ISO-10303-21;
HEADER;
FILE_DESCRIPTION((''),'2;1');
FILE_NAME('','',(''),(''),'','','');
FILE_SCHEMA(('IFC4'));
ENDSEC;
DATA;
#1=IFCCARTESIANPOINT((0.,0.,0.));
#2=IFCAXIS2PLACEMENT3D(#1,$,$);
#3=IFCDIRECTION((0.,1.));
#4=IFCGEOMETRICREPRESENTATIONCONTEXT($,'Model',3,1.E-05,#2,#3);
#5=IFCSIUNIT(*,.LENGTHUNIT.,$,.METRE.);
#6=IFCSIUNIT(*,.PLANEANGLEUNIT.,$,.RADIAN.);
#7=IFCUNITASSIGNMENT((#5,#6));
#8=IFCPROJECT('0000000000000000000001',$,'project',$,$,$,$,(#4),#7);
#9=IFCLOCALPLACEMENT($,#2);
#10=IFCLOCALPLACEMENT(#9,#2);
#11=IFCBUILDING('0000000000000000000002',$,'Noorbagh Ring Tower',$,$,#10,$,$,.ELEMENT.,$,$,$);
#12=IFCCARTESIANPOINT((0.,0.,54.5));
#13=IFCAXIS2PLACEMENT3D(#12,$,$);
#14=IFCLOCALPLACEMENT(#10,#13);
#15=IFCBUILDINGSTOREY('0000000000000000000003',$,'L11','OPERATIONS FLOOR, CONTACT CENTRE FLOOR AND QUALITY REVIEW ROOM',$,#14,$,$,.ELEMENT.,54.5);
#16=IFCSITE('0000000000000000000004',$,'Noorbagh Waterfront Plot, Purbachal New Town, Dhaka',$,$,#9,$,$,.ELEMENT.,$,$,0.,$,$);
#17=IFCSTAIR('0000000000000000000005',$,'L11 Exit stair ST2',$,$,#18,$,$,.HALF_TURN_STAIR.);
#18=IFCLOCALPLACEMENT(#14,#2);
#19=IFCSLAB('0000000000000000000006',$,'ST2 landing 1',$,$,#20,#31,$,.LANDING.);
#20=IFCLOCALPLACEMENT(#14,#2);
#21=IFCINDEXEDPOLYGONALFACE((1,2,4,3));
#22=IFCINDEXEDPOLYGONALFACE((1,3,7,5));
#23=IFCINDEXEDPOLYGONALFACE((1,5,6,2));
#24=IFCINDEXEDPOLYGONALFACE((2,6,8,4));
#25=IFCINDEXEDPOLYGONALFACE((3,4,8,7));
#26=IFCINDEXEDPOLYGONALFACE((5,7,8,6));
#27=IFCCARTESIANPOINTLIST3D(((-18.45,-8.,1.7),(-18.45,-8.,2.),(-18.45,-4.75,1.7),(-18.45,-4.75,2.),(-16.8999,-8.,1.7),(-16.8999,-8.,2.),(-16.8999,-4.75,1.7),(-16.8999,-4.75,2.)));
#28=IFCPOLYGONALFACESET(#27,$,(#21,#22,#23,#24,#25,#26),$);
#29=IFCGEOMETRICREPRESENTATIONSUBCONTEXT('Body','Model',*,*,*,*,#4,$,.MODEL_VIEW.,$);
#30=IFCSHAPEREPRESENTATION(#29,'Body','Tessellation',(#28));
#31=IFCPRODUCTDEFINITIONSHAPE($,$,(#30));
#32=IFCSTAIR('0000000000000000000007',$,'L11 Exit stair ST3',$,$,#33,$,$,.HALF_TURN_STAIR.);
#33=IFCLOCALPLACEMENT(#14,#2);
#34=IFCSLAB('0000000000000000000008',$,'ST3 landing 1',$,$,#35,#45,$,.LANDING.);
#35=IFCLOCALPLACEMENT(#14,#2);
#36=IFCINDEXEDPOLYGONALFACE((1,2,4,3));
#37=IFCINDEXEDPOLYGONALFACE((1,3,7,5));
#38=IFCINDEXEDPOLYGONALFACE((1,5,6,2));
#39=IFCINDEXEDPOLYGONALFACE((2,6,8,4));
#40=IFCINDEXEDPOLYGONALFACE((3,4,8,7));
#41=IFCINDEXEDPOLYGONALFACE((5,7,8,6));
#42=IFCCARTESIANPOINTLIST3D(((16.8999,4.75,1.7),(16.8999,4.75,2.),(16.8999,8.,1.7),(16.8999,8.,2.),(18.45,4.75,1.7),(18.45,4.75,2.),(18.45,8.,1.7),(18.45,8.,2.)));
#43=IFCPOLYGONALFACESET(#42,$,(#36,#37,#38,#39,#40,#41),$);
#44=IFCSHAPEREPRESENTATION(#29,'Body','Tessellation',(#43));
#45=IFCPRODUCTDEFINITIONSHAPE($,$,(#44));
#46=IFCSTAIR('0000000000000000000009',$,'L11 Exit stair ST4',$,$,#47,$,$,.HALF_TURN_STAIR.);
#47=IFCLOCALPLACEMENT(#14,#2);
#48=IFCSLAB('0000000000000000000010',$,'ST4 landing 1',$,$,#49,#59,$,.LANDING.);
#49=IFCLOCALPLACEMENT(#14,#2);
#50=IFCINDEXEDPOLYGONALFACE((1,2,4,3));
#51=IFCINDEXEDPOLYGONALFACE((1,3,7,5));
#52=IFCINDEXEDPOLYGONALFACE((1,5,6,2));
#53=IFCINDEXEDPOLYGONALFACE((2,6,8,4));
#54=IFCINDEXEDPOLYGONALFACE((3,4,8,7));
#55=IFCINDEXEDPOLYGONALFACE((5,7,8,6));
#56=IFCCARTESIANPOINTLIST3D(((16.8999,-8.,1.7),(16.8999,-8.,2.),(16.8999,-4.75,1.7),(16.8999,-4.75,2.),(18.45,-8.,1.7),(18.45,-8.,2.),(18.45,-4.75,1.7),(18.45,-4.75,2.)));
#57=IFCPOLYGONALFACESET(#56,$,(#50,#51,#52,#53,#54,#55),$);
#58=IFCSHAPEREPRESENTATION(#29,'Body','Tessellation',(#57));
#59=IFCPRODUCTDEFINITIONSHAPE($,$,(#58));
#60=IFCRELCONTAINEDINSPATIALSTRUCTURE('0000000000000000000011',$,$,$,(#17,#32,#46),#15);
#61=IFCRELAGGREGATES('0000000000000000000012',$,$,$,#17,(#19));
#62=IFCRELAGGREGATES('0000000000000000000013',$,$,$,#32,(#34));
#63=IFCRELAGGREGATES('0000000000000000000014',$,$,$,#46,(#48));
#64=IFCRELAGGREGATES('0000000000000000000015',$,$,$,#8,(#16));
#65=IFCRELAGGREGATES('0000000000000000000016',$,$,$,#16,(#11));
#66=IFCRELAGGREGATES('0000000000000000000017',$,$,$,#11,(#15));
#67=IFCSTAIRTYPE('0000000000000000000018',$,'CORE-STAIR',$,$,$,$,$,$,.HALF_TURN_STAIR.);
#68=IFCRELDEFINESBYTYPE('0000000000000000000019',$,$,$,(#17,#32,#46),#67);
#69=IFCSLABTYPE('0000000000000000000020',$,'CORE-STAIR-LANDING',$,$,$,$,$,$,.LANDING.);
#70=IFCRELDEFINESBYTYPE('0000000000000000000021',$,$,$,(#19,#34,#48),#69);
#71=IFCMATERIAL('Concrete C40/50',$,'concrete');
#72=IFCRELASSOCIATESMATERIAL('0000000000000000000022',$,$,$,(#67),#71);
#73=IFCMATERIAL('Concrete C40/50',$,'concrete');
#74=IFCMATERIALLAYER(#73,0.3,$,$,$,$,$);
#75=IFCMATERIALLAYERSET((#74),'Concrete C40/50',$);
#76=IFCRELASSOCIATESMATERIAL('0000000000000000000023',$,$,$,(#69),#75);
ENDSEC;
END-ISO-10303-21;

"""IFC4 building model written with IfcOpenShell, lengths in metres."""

from ifc_helpers import new_model, si_unit, direction, frame, origin, place, context, subcontext, project, spatial, polyline, outline, extrude, material, layer, layer_set, type_object, element, aggregate, save


model = new_model("IFC4")

# Units and contexts
model_context = context("Model", 3, precision=1e-05, world=origin(), true_north=direction((0.0, 1.0)))
body_context = subcontext(model_context, "Body", "Model", "MODEL_VIEW")
ifc_project = project(units=[si_unit("LENGTHUNIT", "METRE"), si_unit("PLANEANGLEUNIT", "RADIAN")], contexts=[model_context])

# Site, building, storey
site_placement = place(None, origin())
site = spatial("IfcSite", under=ifc_project, at=site_placement, Name="Noorbagh Waterfront Plot, Purbachal New Town, Dhaka", CompositionType="ELEMENT", RefElevation=0.0)
building_placement = place(site_placement, origin())
building = spatial("IfcBuilding", under=site, at=building_placement, Name="Noorbagh Ring Tower", CompositionType="ELEMENT")
storey_placement = place(building_placement, frame((0.0, 0.0, 54.5)))
storey = spatial("IfcBuildingStorey", under=building, at=storey_placement, Name="L11", Description="OPERATIONS FLOOR, CONTACT CENTRE FLOOR AND QUALITY REVIEW ROOM", CompositionType="ELEMENT", Elevation=54.5)

# Stairs, slabs
ifc_material_1 = material(Name="Concrete C40/50", Category="concrete")
stair_type = type_object("IfcStairType", Name="CORE-STAIR", PredefinedType="HALF_TURN_STAIR", material=ifc_material_1)
ifc_material_2 = material(Name="Concrete C40/50", Category="concrete")
ifc_layer_1 = layer(ifc_material_2, 0.3)
ifc_layer_set_1 = layer_set([ifc_layer_1], Name="Concrete C40/50")
slab_type_1 = type_object("IfcSlabType", Name="CORE-STAIR-LANDING", PredefinedType="LANDING", material=ifc_layer_set_1)
stair_1_placement = place(storey_placement, origin())
stair_1 = element("IfcStair", 1, at=stair_1_placement, inside=storey, type_object=stair_type, Name="L11 Exit stair ST2", PredefinedType="HALF_TURN_STAIR")
slab_1_placement = place(storey_placement, frame((0.0, 0.0, 1.7)))
slab_1 = element("IfcSlab", 2, at=slab_1_placement, type_object=slab_type_1, Name="ST2 landing 1", PredefinedType="LANDING", context=body_context, shape_type="SweptSolid", body=[
    extrude(outline(polyline([(-18.45, -8.0), (-16.8999, -8.0), (-16.8999, -4.75), (-18.45, -4.75), (-18.45, -8.0)])), origin(), (0.0, 0.0, 1.0), 0.3),
])
aggregate(stair_1, [slab_1])
stair_2_placement = place(storey_placement, origin())
stair_2 = element("IfcStair", 3, at=stair_2_placement, inside=storey, type_object=stair_type, Name="L11 Exit stair ST3", PredefinedType="HALF_TURN_STAIR")
slab_2_placement = place(storey_placement, frame((0.0, 0.0, 1.7)))
slab_2 = element("IfcSlab", 4, at=slab_2_placement, type_object=slab_type_1, Name="ST3 landing 1", PredefinedType="LANDING", context=body_context, shape_type="SweptSolid", body=[
    extrude(outline(polyline([(18.45, 8.0), (16.8999, 8.0), (16.8999, 4.75), (18.45, 4.75), (18.45, 8.0)])), origin(), (0.0, 0.0, 1.0), 0.3),
])
aggregate(stair_2, [slab_2])
stair_3_placement = place(storey_placement, origin())
stair_3 = element("IfcStair", 5, at=stair_3_placement, inside=storey, type_object=stair_type, Name="L11 Exit stair ST4", PredefinedType="HALF_TURN_STAIR")
slab_3_placement = place(storey_placement, frame((0.0, 0.0, 1.7)))
slab_3 = element("IfcSlab", 6, at=slab_3_placement, type_object=slab_type_1, Name="ST4 landing 1", PredefinedType="LANDING", context=body_context, shape_type="SweptSolid", body=[
    extrude(outline(polyline([(18.45, -4.75), (16.8999, -4.75), (16.8999, -8.0), (18.45, -8.0), (18.45, -4.75)])), origin(), (0.0, 0.0, 1.0), 0.3),
])
aggregate(stair_3, [slab_3])

save(model, "model.ifc")
